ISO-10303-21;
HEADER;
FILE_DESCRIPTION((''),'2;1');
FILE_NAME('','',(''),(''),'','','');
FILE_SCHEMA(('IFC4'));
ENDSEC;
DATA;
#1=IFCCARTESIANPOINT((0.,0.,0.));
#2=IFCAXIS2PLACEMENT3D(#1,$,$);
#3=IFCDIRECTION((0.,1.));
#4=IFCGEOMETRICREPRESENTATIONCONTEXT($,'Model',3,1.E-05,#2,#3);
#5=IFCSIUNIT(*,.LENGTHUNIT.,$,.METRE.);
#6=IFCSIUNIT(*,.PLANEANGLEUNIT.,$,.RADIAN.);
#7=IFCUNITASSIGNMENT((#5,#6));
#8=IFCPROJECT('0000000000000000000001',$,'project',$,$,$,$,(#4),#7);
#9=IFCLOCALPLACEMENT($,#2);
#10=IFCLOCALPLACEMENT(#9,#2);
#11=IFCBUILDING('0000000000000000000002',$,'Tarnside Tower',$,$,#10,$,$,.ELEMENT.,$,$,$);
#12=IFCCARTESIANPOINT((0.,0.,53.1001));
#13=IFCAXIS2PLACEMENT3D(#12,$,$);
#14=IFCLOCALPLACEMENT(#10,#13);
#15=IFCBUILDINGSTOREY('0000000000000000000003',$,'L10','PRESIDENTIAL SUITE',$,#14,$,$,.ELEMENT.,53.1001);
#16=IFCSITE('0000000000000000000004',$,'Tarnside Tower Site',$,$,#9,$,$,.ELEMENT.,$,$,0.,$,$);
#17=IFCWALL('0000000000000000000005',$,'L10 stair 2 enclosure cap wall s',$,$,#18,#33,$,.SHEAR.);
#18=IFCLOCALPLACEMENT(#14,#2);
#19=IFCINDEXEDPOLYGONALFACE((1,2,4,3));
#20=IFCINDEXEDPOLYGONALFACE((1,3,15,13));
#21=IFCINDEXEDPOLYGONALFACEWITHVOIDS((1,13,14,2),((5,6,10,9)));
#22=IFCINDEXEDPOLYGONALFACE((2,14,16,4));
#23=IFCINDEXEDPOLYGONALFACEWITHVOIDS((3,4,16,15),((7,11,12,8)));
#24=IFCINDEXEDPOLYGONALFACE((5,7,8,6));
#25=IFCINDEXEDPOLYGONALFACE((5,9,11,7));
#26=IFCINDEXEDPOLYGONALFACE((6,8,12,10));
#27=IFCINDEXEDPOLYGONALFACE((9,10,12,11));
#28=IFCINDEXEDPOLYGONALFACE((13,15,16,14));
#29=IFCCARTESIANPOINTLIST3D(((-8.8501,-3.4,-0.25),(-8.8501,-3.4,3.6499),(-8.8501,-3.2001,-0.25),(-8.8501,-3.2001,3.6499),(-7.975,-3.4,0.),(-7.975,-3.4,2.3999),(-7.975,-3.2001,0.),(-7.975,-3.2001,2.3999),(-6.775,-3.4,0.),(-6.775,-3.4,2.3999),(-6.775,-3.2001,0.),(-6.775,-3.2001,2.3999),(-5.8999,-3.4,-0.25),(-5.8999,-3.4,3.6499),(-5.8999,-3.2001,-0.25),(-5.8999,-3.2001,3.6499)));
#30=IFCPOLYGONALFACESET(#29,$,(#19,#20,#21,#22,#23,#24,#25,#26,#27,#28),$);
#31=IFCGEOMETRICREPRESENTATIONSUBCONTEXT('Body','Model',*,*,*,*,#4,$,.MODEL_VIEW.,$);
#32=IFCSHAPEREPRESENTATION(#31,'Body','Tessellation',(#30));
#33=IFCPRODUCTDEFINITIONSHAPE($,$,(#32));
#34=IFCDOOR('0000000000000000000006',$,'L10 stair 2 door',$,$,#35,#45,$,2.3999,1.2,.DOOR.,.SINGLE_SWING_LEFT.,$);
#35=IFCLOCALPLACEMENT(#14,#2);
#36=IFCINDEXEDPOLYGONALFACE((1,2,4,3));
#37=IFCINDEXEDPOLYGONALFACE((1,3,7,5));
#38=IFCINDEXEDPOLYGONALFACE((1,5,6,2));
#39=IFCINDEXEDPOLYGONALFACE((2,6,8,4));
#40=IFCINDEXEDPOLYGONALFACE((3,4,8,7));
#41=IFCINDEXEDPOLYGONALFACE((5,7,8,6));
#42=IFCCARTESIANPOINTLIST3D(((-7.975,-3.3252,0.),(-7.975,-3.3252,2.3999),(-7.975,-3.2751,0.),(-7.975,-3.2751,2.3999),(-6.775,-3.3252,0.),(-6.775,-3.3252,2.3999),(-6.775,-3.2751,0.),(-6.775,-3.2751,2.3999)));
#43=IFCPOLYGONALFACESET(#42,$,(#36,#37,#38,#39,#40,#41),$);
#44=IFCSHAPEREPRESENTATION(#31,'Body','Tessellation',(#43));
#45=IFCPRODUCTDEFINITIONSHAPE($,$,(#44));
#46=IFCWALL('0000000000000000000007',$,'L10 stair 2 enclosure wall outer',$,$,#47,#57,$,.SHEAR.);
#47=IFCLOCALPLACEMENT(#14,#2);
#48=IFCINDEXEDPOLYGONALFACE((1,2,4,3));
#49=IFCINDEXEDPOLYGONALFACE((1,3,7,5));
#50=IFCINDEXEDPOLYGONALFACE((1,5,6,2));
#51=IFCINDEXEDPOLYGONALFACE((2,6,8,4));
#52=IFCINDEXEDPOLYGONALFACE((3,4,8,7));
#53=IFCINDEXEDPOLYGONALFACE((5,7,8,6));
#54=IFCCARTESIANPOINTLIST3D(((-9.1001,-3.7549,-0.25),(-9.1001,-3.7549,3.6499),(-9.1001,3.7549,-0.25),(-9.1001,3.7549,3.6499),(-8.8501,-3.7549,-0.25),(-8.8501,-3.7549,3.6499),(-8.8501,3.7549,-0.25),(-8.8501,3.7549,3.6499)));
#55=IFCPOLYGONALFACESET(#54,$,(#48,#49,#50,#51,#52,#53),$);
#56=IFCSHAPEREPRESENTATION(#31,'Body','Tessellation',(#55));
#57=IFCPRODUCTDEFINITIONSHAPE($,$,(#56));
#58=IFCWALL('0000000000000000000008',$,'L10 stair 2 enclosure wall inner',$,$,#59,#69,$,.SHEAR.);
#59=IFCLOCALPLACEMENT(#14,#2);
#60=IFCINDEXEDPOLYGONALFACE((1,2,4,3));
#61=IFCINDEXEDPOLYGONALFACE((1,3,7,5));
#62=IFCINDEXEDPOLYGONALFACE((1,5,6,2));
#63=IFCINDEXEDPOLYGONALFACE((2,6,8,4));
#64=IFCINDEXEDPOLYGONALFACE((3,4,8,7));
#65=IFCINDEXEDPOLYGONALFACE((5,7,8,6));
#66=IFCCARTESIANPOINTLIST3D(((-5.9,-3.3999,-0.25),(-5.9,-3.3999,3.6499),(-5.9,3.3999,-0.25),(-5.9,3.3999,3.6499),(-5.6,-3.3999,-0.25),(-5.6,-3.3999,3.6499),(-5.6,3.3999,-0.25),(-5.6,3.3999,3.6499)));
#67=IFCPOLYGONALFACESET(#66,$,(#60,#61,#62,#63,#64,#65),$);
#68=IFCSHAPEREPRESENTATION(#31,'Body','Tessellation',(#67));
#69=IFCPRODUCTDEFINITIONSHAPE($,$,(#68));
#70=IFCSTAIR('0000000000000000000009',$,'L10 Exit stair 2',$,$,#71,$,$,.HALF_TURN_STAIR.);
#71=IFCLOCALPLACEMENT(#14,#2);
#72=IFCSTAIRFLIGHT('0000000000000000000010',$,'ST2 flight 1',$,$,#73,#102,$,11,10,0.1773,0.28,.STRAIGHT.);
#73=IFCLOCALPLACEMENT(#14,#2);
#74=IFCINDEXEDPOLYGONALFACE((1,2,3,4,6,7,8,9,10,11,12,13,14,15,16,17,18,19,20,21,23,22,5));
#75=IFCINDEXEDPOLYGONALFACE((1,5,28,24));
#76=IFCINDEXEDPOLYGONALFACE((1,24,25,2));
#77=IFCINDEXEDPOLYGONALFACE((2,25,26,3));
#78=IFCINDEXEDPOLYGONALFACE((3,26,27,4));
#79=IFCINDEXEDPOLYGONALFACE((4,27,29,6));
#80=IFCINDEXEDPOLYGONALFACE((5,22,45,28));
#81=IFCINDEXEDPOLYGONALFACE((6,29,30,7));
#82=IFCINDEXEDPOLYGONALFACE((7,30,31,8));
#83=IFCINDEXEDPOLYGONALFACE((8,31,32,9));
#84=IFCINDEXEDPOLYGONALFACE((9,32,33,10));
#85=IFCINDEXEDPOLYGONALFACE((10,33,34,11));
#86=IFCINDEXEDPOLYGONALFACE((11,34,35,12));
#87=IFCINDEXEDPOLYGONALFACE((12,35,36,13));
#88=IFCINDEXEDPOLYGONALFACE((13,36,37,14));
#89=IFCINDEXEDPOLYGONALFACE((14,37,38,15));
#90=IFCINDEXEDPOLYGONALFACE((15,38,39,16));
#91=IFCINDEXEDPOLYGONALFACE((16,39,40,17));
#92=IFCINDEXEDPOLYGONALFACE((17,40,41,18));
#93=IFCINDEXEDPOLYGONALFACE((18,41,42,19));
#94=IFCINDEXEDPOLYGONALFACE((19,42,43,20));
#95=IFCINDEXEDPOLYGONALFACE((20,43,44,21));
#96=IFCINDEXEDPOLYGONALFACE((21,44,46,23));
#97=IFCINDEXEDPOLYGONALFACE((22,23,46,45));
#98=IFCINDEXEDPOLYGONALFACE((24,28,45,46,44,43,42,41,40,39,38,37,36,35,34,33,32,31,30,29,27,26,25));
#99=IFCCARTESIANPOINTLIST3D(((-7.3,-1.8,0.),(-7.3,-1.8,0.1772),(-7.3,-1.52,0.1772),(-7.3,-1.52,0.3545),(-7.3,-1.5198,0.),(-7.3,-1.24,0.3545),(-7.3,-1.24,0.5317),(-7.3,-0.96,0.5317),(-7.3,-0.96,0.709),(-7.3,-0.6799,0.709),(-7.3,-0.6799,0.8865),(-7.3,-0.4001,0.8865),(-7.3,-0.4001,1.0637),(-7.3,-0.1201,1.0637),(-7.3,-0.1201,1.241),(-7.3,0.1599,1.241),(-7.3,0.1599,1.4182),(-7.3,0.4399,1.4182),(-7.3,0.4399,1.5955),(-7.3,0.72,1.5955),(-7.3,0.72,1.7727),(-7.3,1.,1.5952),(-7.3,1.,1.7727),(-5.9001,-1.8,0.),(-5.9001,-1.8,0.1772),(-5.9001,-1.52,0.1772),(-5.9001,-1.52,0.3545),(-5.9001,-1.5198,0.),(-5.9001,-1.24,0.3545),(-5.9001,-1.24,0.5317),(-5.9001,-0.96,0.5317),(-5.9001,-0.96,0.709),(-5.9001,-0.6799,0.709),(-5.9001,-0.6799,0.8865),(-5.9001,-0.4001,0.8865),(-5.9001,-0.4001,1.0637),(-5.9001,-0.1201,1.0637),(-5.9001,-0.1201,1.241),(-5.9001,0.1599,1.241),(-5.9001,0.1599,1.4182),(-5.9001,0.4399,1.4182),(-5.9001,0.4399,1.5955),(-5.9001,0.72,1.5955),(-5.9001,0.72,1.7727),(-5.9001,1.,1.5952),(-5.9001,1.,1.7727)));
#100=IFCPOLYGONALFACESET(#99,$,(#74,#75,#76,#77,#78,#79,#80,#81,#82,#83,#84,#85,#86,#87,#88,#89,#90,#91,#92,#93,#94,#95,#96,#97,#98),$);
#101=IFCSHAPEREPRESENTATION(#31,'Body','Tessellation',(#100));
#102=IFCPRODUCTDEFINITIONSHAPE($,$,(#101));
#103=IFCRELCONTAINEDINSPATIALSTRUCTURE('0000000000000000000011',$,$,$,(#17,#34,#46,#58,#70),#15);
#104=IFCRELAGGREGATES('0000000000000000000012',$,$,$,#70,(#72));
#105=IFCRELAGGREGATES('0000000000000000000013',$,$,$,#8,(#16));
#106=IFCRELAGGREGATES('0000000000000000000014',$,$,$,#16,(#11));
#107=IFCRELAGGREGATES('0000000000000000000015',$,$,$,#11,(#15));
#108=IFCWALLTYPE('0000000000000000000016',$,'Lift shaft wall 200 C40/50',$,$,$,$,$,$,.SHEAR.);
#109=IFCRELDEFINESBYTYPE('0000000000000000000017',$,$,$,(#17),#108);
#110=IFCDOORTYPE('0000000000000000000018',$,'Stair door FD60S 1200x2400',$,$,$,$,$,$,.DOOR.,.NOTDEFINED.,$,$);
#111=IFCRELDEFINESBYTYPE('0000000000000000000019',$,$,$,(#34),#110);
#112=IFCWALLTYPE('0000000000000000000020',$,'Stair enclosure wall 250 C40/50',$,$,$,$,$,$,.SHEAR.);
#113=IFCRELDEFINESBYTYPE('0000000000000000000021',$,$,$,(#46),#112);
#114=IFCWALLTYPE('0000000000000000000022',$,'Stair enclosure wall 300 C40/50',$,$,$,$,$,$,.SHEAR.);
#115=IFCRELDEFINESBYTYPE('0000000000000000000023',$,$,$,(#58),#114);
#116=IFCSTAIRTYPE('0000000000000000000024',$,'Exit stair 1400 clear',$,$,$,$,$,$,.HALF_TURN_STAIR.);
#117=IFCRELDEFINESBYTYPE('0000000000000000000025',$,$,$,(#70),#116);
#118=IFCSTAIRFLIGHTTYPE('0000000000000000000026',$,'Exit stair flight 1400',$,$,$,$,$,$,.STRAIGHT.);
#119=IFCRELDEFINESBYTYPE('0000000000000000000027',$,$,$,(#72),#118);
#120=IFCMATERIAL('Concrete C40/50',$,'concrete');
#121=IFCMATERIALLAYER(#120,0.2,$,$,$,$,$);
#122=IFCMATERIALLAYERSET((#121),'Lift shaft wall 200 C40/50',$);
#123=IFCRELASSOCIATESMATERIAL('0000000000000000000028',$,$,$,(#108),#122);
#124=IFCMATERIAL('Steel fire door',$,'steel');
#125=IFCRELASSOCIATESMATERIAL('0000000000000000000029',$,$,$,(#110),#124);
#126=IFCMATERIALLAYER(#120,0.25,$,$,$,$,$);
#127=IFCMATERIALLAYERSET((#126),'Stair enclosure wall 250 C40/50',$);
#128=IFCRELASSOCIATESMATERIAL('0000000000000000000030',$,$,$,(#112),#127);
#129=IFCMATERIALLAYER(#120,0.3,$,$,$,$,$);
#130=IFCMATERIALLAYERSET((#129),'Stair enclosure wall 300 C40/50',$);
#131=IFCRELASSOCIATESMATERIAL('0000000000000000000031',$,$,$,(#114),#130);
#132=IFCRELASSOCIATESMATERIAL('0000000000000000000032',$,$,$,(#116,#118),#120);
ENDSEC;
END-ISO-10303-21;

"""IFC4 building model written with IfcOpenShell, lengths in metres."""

from ifc_helpers import new_model, si_unit, direction, frame, frame_2d, origin, place, context, subcontext, project, spatial, polyline, rectangle, outline, extrude, material, layer, layer_set, type_object, element, fill, aggregate, save


model = new_model("IFC4")

# Units and contexts
model_context = context("Model", 3, precision=1e-05, world=origin(), true_north=direction((0.0, 1.0)))
body_context = subcontext(model_context, "Body", "Model", "MODEL_VIEW")
ifc_project = project(units=[si_unit("LENGTHUNIT", "METRE"), si_unit("PLANEANGLEUNIT", "RADIAN")], contexts=[model_context])

# Site, building, storey
site_placement = place(None, origin())
site = spatial("IfcSite", under=ifc_project, at=site_placement, Name="Tarnside Tower Site", CompositionType="ELEMENT", RefElevation=0.0)
building_placement = place(site_placement, origin())
building = spatial("IfcBuilding", under=site, at=building_placement, Name="Tarnside Tower", CompositionType="ELEMENT")
storey_placement = place(building_placement, frame((0.0, 0.0, 53.1001)))
storey = spatial("IfcBuildingStorey", under=building, at=storey_placement, Name="L10", Description="PRESIDENTIAL SUITE", CompositionType="ELEMENT", Elevation=53.1001)

# Shared definitions
ifc_material_1 = material(Name="Concrete C40/50", Category="concrete")

# Shared definitions
ifc_material_2 = material(Name="Steel fire door", Category="steel")

# Shared definitions
ifc_layer_1 = layer(ifc_material_1, 0.2)
ifc_layer_set_1 = layer_set([ifc_layer_1], Name="Lift shaft wall 200 C40/50")
wall_type_1 = type_object("IfcWallType", Name="Lift shaft wall 200 C40/50", PredefinedType="SHEAR", material=ifc_layer_set_1)

# Wall, opening, door
wall_1_placement = place(storey_placement, frame((-8.8501, -3.3, -0.25), z_axis=(0.0, 0.0, 1.0), x_axis=(1.0, 0.0, 0.0)))
wall_1 = element("IfcWall", 1, at=wall_1_placement, inside=storey, type_object=wall_type_1, Name="L10 stair 2 enclosure cap wall s", PredefinedType="SHEAR", context=body_context, shape_type="SweptSolid", body=[
    extrude(rectangle(XDim=2.9502, YDim=0.2, at=frame_2d((1.4751, 0.0))), origin(), (0.0, 0.0, 1.0), 3.8999),
])
opening_1_placement = place(wall_1_placement, frame((0.875, 0.0, 0.25)))
opening_1 = element("IfcOpeningElement", 2, at=opening_1_placement, cuts=wall_1, PredefinedType="OPENING", context=body_context, shape_type="SweptSolid", body=[
    extrude(rectangle(XDim=1.2, YDim=2.3999, at=frame_2d((0.6001, 1.2))), frame((0.0, 0.1099, 0.0), z_axis=(0.0, -1.0, 0.0), x_axis=(1.0, 0.0, 0.0)), (0.0, 0.0, 1.0), 0.22),
])
door_type_1 = type_object("IfcDoorType", Name="Stair door FD60S 1200x2400", OperationType="NOTDEFINED", PredefinedType="DOOR", material=ifc_material_2)
door_1_placement = place(opening_1_placement, origin())
door_1 = element("IfcDoor", 3, at=door_1_placement, inside=storey, type_object=door_type_1, Name="L10 stair 2 door", OperationType="SINGLE_SWING_LEFT", OverallHeight=2.3999, OverallWidth=1.2, PredefinedType="DOOR", context=body_context, shape_type="SweptSolid", body=[
    extrude(rectangle(XDim=1.2, YDim=2.3999, at=frame_2d((0.6001, 1.2))), frame((0.0, 0.0249, 0.0), z_axis=(0.0, -1.0, 0.0), x_axis=(1.0, 0.0, 0.0)), (0.0, 0.0, 1.0), 0.05),
])
fill(opening_1, door_1)

# Walls
ifc_layer_2 = layer(ifc_material_1, 0.25)
ifc_layer_set_2 = layer_set([ifc_layer_2], Name="Stair enclosure wall 250 C40/50")
wall_type_2 = type_object("IfcWallType", Name="Stair enclosure wall 250 C40/50", PredefinedType="SHEAR", material=ifc_layer_set_2)
wall_2_placement = place(storey_placement, frame((-8.9751, -3.7549, -0.25), z_axis=(0.0, 0.0, 1.0), x_axis=(0.0, 1.0, 0.0)))
element("IfcWall", 4, at=wall_2_placement, inside=storey, type_object=wall_type_2, Name="L10 stair 2 enclosure wall outer", PredefinedType="SHEAR", context=body_context, shape_type="SweptSolid", body=[
    extrude(rectangle(XDim=7.5098, YDim=0.25, at=frame_2d((3.7549, 0.0))), origin(), (0.0, 0.0, 1.0), 3.8999),
])
ifc_layer_3 = layer(ifc_material_1, 0.3)
ifc_layer_set_3 = layer_set([ifc_layer_3], Name="Stair enclosure wall 300 C40/50")
wall_type_3 = type_object("IfcWallType", Name="Stair enclosure wall 300 C40/50", PredefinedType="SHEAR", material=ifc_layer_set_3)
wall_3_placement = place(storey_placement, frame((-5.75, -3.3999, -0.25), z_axis=(0.0, 0.0, 1.0), x_axis=(0.0, 1.0, 0.0)))
element("IfcWall", 5, at=wall_3_placement, inside=storey, type_object=wall_type_3, Name="L10 stair 2 enclosure wall inner", PredefinedType="SHEAR", context=body_context, shape_type="SweptSolid", body=[
    extrude(rectangle(XDim=6.7998, YDim=0.3, at=frame_2d((3.3999, 0.0))), origin(), (0.0, 0.0, 1.0), 3.8999),
])

# Stair, stair flight
stair_type = type_object("IfcStairType", Name="Exit stair 1400 clear", PredefinedType="HALF_TURN_STAIR", material=ifc_material_1)
stair_placement = place(storey_placement, origin())
stair = element("IfcStair", 6, at=stair_placement, inside=storey, type_object=stair_type, Name="L10 Exit stair 2", PredefinedType="HALF_TURN_STAIR")
stair_flight_type = type_object("IfcStairFlightType", Name="Exit stair flight 1400", PredefinedType="STRAIGHT", material=ifc_material_1)
stair_flight_placement = place(storey_placement, frame((-6.6001, -1.8, 0.0), z_axis=(0.0, 0.0, 1.0), x_axis=(0.0, 1.0, 0.0)))
stair_flight = element("IfcStairFlight", 7, at=stair_flight_placement, type_object=stair_flight_type, Name="ST2 flight 1", NumberOfRisers=11, NumberOfTreads=10, PredefinedType="STRAIGHT", RiserHeight=0.1773, TreadLength=0.28, context=body_context, shape_type="SweptSolid", body=[
    extrude(outline(polyline([(0.0, 0.0), (0.0, 0.1772), (0.28, 0.1772), (0.28, 0.3545), (0.5601, 0.3545), (0.5601, 0.5317), (0.8401, 0.5317), (0.8401, 0.709), (1.1201, 0.709), (1.1201, 0.8865), (1.3999, 0.8865), (1.3999, 1.0637), (1.6799, 1.0637), (1.6799, 1.241), (1.96, 1.241), (1.96, 1.4182), (2.24, 1.4182), (2.24, 1.5955), (2.52, 1.5955), (2.52, 1.7727), (2.8, 1.7727), (2.8, 1.95), (2.8, 1.5952), (0.2803, 0.0), (0.0, 0.0)])), frame((0.0, 0.7, 0.0), z_axis=(0.0, -1.0, 0.0), x_axis=(1.0, 0.0, 0.0)), (0.0, 0.0, 1.0), 1.3999),
])
aggregate(stair, [stair_flight])

save(model, "model.ifc")
